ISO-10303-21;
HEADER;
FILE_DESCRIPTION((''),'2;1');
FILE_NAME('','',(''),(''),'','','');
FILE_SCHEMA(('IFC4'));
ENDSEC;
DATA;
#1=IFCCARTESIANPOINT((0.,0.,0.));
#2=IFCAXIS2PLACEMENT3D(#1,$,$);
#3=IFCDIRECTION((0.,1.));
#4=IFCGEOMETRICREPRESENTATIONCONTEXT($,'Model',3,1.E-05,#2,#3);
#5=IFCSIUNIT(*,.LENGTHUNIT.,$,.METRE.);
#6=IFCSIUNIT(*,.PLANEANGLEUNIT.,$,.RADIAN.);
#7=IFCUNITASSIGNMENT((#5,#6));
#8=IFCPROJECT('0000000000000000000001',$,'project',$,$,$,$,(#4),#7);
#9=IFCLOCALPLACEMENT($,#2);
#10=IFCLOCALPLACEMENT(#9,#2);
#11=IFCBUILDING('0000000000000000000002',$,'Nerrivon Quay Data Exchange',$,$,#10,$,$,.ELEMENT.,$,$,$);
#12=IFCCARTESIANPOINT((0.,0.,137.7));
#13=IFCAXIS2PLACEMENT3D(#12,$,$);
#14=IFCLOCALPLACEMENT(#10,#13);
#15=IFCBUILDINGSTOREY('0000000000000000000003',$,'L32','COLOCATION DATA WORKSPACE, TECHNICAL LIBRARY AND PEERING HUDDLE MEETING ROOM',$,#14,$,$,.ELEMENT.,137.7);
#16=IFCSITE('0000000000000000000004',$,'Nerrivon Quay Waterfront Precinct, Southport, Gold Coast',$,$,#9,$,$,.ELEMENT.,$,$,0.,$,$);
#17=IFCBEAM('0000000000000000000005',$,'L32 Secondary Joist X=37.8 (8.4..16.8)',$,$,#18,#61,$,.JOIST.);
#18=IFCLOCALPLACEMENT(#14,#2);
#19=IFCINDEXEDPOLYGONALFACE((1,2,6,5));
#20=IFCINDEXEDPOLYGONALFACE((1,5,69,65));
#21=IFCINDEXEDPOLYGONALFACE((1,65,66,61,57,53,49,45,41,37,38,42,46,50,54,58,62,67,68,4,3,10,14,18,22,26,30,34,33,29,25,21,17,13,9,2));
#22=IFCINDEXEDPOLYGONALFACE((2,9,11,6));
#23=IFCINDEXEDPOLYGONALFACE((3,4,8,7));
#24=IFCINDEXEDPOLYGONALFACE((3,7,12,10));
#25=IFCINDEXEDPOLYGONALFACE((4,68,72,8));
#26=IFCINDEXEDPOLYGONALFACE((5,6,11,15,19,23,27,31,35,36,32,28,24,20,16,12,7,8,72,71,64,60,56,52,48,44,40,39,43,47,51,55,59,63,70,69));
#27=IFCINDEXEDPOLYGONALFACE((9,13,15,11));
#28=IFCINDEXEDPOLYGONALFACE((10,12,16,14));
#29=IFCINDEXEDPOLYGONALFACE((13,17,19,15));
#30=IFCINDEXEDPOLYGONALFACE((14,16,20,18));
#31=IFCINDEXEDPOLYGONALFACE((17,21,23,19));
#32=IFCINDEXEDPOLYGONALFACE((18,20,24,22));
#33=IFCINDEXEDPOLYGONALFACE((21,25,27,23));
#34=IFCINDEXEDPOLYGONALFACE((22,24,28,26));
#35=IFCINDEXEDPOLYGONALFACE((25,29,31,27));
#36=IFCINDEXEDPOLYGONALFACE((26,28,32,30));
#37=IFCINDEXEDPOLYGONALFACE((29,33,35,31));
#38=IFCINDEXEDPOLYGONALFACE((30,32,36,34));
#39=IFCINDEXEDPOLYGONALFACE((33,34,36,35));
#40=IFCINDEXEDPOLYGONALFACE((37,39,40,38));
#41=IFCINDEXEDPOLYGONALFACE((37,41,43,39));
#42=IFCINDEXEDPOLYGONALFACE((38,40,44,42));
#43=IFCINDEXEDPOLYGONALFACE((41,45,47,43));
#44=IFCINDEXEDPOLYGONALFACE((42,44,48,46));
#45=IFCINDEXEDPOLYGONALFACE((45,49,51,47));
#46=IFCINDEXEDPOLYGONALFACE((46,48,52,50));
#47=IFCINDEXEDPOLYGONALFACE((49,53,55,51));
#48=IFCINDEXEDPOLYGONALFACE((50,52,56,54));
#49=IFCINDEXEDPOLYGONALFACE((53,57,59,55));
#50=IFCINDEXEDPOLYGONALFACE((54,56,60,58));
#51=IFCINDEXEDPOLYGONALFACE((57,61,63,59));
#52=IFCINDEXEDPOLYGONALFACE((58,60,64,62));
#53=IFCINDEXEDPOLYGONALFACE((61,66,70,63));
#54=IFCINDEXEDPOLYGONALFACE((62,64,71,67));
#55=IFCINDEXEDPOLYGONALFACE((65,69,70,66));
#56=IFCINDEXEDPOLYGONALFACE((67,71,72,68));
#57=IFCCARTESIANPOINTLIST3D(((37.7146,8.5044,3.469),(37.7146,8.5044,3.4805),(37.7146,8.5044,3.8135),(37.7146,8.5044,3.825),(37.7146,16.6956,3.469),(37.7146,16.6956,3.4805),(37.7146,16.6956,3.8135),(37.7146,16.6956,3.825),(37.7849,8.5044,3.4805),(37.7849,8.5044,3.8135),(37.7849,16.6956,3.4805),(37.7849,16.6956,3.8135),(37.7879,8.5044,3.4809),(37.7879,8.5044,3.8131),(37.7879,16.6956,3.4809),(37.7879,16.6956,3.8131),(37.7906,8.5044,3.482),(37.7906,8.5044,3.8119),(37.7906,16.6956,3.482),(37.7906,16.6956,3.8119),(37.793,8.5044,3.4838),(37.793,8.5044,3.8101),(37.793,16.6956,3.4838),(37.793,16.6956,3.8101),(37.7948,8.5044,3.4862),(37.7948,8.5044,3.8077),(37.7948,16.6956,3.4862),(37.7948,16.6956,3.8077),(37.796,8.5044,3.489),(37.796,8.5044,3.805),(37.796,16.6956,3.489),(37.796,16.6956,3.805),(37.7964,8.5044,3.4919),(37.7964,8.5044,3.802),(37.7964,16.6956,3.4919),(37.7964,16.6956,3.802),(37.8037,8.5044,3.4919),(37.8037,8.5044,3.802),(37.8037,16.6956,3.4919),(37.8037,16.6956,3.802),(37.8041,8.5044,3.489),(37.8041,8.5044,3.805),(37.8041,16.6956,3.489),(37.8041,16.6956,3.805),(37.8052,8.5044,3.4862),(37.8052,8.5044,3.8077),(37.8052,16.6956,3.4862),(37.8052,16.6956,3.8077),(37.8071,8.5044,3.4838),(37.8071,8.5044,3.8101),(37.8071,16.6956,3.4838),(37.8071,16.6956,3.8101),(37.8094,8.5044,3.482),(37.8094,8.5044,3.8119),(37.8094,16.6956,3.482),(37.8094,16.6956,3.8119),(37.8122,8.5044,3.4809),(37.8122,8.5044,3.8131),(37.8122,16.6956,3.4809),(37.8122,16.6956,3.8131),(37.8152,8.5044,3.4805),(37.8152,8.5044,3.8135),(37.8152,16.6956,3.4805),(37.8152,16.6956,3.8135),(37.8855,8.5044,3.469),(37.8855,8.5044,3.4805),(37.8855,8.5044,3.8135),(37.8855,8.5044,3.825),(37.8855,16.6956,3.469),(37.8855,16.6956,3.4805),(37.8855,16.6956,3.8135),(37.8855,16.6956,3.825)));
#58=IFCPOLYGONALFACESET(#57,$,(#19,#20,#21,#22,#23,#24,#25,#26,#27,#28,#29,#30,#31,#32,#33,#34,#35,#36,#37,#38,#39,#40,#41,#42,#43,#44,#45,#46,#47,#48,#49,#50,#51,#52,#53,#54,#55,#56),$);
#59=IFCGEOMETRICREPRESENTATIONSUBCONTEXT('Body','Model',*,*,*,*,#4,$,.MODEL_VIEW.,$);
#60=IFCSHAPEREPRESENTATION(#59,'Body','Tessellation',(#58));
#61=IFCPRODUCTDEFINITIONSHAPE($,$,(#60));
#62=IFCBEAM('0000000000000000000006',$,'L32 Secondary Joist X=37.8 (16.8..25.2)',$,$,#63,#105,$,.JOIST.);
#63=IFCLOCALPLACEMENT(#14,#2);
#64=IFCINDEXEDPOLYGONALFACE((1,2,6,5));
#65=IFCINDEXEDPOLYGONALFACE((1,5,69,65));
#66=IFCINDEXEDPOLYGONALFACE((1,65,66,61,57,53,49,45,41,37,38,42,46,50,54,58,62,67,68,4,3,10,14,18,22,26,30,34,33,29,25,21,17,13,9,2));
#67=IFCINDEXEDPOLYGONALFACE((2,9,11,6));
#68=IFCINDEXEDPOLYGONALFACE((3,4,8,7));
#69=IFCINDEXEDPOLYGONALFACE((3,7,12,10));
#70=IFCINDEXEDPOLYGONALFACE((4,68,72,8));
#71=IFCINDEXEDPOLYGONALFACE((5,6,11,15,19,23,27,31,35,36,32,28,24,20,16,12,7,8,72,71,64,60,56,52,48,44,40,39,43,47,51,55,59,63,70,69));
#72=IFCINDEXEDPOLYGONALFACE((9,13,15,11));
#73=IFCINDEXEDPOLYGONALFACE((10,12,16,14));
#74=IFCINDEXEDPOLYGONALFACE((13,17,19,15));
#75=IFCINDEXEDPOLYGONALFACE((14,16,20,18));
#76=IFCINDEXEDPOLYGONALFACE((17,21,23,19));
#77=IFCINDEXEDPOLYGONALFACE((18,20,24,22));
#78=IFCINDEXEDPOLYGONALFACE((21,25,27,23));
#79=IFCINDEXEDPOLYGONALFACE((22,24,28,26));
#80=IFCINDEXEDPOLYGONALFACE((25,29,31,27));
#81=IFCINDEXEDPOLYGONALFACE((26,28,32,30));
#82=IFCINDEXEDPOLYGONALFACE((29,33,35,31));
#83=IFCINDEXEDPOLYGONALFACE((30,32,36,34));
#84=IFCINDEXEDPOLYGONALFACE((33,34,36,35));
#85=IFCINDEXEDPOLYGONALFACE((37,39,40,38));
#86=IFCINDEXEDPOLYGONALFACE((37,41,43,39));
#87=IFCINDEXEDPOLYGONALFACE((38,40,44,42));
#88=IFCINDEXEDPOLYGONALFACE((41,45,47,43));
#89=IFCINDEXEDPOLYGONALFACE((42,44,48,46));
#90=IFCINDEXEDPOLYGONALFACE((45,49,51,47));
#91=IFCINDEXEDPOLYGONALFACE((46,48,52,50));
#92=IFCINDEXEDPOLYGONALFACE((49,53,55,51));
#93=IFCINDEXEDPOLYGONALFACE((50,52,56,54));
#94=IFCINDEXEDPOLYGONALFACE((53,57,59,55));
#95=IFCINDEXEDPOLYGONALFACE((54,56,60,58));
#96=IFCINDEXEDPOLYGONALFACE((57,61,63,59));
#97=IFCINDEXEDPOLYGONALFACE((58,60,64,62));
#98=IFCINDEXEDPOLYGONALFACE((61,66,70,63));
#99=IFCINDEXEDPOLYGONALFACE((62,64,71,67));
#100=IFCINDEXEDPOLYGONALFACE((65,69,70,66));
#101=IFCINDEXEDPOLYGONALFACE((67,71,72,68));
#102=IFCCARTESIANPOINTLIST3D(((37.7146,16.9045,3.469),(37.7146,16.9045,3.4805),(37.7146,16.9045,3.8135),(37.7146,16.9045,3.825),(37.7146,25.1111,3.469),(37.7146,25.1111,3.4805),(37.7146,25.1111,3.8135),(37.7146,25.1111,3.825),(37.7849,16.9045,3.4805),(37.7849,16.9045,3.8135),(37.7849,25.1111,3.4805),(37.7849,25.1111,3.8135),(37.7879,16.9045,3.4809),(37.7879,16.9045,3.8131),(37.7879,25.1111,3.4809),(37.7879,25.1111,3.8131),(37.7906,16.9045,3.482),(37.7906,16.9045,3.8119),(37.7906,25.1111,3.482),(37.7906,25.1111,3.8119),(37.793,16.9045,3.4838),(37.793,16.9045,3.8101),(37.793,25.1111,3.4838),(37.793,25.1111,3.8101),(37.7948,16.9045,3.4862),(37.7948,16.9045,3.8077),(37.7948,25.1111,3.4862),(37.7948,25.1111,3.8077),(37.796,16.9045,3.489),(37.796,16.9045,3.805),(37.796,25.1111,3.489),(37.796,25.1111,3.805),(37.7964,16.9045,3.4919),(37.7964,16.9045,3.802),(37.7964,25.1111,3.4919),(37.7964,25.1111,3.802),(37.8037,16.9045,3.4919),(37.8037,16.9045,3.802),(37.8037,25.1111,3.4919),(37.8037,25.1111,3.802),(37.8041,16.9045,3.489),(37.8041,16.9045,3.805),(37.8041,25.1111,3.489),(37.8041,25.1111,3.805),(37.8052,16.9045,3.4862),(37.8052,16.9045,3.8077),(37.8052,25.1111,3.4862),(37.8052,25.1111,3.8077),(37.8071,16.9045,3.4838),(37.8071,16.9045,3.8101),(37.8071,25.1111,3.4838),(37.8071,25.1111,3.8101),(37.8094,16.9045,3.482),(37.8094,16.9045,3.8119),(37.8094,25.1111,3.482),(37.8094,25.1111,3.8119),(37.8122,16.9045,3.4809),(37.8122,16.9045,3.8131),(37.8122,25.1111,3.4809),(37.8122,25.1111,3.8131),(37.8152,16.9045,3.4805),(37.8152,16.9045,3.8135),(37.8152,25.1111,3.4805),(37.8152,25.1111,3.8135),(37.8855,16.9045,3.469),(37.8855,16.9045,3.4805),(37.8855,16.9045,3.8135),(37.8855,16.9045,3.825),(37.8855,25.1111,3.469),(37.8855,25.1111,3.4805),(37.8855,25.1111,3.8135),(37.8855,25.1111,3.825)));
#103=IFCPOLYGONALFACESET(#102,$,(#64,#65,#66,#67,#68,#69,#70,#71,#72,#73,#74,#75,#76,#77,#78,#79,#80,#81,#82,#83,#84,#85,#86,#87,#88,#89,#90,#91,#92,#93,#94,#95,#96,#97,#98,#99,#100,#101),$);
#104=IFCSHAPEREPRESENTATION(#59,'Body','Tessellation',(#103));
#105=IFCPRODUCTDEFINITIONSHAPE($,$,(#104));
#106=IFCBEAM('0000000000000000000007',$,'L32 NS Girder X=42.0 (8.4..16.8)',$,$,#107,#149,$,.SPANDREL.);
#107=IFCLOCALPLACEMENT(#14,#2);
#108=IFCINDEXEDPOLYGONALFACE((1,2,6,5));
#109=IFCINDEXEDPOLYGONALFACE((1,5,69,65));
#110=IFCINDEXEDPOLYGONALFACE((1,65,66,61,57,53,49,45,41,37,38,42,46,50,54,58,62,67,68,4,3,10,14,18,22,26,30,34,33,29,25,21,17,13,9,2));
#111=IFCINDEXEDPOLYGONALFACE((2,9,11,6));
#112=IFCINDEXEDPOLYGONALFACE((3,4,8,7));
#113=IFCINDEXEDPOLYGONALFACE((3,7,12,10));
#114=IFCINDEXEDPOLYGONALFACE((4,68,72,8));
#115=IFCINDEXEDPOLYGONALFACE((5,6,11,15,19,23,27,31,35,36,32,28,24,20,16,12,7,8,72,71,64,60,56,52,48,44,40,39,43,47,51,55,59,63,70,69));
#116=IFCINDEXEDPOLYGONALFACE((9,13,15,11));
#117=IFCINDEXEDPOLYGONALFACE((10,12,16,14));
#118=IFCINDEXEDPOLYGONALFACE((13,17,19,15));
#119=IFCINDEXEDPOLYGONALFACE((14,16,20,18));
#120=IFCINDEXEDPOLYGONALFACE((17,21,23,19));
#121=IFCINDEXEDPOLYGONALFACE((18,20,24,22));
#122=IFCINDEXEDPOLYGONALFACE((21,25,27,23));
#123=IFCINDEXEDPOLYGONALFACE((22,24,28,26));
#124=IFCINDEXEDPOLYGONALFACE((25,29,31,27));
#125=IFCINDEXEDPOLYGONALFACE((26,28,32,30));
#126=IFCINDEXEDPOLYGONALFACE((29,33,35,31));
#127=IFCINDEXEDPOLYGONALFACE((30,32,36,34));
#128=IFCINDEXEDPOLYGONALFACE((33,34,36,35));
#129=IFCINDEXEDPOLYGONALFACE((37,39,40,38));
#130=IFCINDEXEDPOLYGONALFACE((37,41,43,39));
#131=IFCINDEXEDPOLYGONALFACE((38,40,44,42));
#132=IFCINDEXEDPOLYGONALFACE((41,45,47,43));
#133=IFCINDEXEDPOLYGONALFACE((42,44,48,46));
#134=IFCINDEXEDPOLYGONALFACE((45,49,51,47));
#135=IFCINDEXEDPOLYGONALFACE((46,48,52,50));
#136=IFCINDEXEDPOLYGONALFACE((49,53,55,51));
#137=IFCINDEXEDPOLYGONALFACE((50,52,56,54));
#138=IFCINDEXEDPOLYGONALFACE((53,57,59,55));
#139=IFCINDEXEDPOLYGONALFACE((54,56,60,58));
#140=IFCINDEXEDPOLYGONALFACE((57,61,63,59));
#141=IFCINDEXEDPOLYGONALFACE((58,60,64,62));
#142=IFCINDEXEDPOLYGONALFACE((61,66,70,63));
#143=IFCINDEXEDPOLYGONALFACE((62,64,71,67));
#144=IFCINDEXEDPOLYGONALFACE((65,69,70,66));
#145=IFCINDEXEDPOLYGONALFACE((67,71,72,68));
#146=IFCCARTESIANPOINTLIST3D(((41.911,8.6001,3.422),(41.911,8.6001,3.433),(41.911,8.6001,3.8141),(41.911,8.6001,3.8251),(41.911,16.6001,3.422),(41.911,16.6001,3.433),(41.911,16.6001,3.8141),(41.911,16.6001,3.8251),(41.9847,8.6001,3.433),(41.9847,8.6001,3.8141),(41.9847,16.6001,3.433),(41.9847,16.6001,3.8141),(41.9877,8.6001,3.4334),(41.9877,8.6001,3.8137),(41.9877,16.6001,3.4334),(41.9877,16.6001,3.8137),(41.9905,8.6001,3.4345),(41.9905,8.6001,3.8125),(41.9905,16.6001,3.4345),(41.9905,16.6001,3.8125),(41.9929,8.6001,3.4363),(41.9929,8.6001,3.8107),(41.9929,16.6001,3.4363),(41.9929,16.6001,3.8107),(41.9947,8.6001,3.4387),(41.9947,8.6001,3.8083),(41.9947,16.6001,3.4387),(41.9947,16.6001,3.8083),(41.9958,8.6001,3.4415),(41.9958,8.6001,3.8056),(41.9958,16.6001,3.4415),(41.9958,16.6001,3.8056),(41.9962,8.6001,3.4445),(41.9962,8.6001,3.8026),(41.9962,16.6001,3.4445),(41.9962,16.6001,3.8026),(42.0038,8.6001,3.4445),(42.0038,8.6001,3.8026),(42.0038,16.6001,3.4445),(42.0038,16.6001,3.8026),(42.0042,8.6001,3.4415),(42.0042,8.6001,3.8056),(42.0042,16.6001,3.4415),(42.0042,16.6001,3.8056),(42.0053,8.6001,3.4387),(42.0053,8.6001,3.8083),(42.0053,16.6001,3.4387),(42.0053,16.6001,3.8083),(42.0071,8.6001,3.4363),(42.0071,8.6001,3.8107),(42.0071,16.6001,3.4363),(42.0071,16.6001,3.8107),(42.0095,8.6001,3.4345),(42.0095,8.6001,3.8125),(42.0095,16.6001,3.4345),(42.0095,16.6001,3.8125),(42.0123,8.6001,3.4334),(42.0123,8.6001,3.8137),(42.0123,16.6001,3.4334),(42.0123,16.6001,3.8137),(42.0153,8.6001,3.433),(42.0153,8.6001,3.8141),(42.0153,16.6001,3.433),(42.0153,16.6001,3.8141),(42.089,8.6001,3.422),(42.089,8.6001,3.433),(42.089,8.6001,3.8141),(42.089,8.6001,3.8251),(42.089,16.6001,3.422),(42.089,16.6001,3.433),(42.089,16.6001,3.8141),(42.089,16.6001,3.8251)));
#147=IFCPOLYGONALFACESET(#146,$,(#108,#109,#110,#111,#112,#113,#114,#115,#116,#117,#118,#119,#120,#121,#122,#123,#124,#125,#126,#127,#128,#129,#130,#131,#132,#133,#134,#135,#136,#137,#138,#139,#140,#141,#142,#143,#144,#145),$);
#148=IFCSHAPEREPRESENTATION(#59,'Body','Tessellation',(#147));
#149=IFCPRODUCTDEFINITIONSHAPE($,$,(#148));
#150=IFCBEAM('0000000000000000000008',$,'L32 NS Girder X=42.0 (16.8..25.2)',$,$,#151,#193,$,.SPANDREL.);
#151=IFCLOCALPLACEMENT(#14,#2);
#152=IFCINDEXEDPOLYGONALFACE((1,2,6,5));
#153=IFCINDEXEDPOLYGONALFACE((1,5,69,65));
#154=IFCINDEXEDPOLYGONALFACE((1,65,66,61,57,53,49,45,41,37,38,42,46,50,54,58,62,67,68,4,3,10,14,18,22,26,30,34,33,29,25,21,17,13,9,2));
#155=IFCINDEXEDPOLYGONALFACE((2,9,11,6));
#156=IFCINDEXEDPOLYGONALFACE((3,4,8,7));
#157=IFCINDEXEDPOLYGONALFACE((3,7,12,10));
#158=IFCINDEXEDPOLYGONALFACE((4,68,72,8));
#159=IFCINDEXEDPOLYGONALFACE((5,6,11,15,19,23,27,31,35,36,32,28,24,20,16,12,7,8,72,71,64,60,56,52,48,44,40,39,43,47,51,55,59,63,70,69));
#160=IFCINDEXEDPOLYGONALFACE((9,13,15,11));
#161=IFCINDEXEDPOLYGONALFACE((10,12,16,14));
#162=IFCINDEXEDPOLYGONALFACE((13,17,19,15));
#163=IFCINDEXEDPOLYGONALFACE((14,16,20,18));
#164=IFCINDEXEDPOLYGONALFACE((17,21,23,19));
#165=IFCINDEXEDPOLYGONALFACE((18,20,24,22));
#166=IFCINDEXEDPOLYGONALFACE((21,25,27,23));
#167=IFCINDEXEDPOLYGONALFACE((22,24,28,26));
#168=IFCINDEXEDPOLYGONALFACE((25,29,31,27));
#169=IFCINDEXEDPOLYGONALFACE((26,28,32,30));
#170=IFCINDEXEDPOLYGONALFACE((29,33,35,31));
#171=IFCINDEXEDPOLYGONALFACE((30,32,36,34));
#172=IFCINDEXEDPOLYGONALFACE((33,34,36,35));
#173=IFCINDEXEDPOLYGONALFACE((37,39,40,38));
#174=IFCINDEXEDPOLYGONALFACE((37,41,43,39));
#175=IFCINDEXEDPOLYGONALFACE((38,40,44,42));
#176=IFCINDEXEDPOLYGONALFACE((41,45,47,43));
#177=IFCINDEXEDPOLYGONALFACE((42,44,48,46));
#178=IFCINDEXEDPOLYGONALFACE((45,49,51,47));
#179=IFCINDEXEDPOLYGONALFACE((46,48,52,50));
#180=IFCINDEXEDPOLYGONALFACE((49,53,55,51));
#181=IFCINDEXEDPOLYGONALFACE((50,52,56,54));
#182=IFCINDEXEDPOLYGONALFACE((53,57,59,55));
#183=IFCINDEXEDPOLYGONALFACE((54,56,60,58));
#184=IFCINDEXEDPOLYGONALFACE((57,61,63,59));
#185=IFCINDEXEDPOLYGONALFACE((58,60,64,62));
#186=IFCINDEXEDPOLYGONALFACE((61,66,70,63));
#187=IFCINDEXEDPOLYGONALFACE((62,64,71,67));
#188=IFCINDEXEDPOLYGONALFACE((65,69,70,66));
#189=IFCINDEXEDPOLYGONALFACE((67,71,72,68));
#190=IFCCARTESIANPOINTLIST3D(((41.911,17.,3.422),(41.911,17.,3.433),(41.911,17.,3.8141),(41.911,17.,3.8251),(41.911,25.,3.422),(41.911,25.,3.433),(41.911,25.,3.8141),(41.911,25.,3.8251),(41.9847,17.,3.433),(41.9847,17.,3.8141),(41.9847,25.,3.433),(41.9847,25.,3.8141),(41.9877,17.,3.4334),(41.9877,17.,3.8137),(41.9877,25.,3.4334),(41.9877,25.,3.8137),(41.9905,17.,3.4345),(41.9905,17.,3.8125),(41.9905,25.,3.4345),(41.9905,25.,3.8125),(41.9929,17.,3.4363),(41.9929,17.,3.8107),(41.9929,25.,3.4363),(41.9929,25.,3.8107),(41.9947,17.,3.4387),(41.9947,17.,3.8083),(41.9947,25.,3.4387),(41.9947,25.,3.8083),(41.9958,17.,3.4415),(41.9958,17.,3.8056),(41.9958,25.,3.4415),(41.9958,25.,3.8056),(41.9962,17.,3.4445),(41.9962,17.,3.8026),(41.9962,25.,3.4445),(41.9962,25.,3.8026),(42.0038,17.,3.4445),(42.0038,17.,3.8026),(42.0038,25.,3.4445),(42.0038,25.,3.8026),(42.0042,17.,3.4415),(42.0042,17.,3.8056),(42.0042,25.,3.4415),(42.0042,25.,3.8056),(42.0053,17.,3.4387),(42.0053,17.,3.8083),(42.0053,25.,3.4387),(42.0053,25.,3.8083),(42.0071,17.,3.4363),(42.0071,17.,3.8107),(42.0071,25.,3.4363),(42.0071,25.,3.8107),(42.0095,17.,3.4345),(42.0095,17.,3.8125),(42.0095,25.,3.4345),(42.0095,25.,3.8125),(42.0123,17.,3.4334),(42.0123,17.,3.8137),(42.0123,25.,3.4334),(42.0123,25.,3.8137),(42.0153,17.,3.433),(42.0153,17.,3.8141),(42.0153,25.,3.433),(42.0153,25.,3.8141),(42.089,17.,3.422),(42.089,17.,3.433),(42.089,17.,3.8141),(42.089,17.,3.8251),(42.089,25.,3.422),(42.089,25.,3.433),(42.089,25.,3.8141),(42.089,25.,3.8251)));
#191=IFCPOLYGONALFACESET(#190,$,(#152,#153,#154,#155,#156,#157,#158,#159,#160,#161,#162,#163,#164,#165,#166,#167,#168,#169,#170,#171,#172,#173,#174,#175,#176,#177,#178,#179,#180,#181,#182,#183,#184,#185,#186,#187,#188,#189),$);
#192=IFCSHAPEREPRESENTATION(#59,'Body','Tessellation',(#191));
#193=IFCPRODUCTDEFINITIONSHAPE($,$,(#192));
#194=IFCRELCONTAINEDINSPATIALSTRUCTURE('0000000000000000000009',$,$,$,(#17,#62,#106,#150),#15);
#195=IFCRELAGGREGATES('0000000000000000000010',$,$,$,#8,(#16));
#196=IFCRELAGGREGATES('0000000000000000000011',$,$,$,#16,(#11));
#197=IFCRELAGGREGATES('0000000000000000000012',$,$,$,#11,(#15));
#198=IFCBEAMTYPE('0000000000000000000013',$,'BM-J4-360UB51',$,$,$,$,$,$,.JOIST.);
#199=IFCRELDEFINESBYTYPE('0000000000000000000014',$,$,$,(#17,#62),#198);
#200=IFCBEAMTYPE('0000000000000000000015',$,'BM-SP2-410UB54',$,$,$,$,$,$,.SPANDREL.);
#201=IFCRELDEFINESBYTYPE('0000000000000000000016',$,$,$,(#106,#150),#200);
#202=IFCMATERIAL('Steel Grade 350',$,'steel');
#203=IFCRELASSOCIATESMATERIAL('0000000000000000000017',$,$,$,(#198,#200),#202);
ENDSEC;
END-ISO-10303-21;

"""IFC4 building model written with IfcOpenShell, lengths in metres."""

from ifc_helpers import new_model, si_unit, direction, frame, origin, origin_2d, place, context, subcontext, project, spatial, i_section, extrude, material, material_profile, profile_set, type_object, element, save


model = new_model("IFC4")

# Units and contexts
model_context = context("Model", 3, precision=1e-05, world=origin(), true_north=direction((0.0, 1.0)))
body_context = subcontext(model_context, "Body", "Model", "MODEL_VIEW")
ifc_project = project(units=[si_unit("LENGTHUNIT", "METRE"), si_unit("PLANEANGLEUNIT", "RADIAN")], contexts=[model_context])

# Site, building, storey
site_placement = place(None, origin())
site = spatial("IfcSite", under=ifc_project, at=site_placement, Name="Nerrivon Quay Waterfront Precinct, Southport, Gold Coast", CompositionType="ELEMENT", RefElevation=0.0)
building_placement = place(site_placement, origin())
building = spatial("IfcBuilding", under=site, at=building_placement, Name="Nerrivon Quay Data Exchange", CompositionType="ELEMENT")
storey_placement = place(building_placement, frame((0.0, 0.0, 137.7)))
storey = spatial("IfcBuildingStorey", under=building, at=storey_placement, Name="L32", Description="COLOCATION DATA WORKSPACE, TECHNICAL LIBRARY AND PEERING HUDDLE MEETING ROOM", CompositionType="ELEMENT", Elevation=137.7)

# Shared definitions
ifc_material_1 = material(Name="Steel Grade 350", Category="steel")

# Beams
ifc_material_profile_1 = material_profile(ifc_material_1, i_section(OverallWidth=0.1709, OverallDepth=0.356, WebThickness=0.0073, FlangeThickness=0.0115, FilletRadius=0.0115, at=origin_2d()), Name="360UB50.7")
ifc_profile_set_1 = profile_set([ifc_material_profile_1], Name="Steel Grade 350")
beam_type_1 = type_object("IfcBeamType", Name="BM-J4-360UB51", PredefinedType="JOIST", material=ifc_profile_set_1)
beam_1_placement = place(storey_placement, frame((37.8, 8.5044, 3.647), z_axis=(0.0, 1.0, 0.0), x_axis=(-1.0, 0.0, 0.0)))
element("IfcBeam", 1, at=beam_1_placement, inside=storey, type_object=beam_type_1, Name="L32 Secondary Joist X=37.8 (8.4..16.8)", PredefinedType="JOIST", context=body_context, shape_type="SweptSolid", body=[
    extrude(i_section(OverallWidth=0.1709, OverallDepth=0.356, WebThickness=0.0073, FlangeThickness=0.0115, FilletRadius=0.0115, at=origin_2d()), origin(), (0.0, 0.0, 1.0), 8.1912),
])
beam_2_placement = place(storey_placement, frame((37.8, 16.9045, 3.647), z_axis=(0.0, 1.0, 0.0), x_axis=(-1.0, 0.0, 0.0)))
element("IfcBeam", 2, at=beam_2_placement, inside=storey, type_object=beam_type_1, Name="L32 Secondary Joist X=37.8 (16.8..25.2)", PredefinedType="JOIST", context=body_context, shape_type="SweptSolid", body=[
    extrude(i_section(OverallWidth=0.1709, OverallDepth=0.356, WebThickness=0.0073, FlangeThickness=0.0115, FilletRadius=0.0115, at=origin_2d()), origin(), (0.0, 0.0, 1.0), 8.2065),
])
ifc_material_profile_2 = material_profile(ifc_material_1, i_section(OverallWidth=0.178, OverallDepth=0.4031, WebThickness=0.0076, FlangeThickness=0.011, FilletRadius=0.0115, at=origin_2d()), Name="410UB53.7")
ifc_profile_set_2 = profile_set([ifc_material_profile_2], Name="Steel Grade 350")
beam_type_2 = type_object("IfcBeamType", Name="BM-SP2-410UB54", PredefinedType="SPANDREL", material=ifc_profile_set_2)
for number, where, z_axis, x_axis, name in (
    (3, (42.0, 8.6001, 3.6235), (0.0, 1.0, 0.0), (-1.0, 0.0, 0.0), "L32 NS Girder X=42.0 (8.4..16.8)"),
    (4, (42.0, 17.0, 3.6235), (0.0, 1.0, 0.0), (-1.0, 0.0, 0.0), "L32 NS Girder X=42.0 (16.8..25.2)"),
):
    element("IfcBeam", number, at=place(storey_placement, frame(where, z_axis=z_axis, x_axis=x_axis)), inside=storey, type_object=beam_type_2, Name=name, PredefinedType="SPANDREL", context=body_context, shape_type="SweptSolid", body=[
        extrude(i_section(OverallWidth=0.178, OverallDepth=0.4031, WebThickness=0.0076, FlangeThickness=0.011, FilletRadius=0.0115, at=origin_2d()), origin(), (0.0, 0.0, 1.0), 8.0),
    ])

save(model, "model.ifc")
